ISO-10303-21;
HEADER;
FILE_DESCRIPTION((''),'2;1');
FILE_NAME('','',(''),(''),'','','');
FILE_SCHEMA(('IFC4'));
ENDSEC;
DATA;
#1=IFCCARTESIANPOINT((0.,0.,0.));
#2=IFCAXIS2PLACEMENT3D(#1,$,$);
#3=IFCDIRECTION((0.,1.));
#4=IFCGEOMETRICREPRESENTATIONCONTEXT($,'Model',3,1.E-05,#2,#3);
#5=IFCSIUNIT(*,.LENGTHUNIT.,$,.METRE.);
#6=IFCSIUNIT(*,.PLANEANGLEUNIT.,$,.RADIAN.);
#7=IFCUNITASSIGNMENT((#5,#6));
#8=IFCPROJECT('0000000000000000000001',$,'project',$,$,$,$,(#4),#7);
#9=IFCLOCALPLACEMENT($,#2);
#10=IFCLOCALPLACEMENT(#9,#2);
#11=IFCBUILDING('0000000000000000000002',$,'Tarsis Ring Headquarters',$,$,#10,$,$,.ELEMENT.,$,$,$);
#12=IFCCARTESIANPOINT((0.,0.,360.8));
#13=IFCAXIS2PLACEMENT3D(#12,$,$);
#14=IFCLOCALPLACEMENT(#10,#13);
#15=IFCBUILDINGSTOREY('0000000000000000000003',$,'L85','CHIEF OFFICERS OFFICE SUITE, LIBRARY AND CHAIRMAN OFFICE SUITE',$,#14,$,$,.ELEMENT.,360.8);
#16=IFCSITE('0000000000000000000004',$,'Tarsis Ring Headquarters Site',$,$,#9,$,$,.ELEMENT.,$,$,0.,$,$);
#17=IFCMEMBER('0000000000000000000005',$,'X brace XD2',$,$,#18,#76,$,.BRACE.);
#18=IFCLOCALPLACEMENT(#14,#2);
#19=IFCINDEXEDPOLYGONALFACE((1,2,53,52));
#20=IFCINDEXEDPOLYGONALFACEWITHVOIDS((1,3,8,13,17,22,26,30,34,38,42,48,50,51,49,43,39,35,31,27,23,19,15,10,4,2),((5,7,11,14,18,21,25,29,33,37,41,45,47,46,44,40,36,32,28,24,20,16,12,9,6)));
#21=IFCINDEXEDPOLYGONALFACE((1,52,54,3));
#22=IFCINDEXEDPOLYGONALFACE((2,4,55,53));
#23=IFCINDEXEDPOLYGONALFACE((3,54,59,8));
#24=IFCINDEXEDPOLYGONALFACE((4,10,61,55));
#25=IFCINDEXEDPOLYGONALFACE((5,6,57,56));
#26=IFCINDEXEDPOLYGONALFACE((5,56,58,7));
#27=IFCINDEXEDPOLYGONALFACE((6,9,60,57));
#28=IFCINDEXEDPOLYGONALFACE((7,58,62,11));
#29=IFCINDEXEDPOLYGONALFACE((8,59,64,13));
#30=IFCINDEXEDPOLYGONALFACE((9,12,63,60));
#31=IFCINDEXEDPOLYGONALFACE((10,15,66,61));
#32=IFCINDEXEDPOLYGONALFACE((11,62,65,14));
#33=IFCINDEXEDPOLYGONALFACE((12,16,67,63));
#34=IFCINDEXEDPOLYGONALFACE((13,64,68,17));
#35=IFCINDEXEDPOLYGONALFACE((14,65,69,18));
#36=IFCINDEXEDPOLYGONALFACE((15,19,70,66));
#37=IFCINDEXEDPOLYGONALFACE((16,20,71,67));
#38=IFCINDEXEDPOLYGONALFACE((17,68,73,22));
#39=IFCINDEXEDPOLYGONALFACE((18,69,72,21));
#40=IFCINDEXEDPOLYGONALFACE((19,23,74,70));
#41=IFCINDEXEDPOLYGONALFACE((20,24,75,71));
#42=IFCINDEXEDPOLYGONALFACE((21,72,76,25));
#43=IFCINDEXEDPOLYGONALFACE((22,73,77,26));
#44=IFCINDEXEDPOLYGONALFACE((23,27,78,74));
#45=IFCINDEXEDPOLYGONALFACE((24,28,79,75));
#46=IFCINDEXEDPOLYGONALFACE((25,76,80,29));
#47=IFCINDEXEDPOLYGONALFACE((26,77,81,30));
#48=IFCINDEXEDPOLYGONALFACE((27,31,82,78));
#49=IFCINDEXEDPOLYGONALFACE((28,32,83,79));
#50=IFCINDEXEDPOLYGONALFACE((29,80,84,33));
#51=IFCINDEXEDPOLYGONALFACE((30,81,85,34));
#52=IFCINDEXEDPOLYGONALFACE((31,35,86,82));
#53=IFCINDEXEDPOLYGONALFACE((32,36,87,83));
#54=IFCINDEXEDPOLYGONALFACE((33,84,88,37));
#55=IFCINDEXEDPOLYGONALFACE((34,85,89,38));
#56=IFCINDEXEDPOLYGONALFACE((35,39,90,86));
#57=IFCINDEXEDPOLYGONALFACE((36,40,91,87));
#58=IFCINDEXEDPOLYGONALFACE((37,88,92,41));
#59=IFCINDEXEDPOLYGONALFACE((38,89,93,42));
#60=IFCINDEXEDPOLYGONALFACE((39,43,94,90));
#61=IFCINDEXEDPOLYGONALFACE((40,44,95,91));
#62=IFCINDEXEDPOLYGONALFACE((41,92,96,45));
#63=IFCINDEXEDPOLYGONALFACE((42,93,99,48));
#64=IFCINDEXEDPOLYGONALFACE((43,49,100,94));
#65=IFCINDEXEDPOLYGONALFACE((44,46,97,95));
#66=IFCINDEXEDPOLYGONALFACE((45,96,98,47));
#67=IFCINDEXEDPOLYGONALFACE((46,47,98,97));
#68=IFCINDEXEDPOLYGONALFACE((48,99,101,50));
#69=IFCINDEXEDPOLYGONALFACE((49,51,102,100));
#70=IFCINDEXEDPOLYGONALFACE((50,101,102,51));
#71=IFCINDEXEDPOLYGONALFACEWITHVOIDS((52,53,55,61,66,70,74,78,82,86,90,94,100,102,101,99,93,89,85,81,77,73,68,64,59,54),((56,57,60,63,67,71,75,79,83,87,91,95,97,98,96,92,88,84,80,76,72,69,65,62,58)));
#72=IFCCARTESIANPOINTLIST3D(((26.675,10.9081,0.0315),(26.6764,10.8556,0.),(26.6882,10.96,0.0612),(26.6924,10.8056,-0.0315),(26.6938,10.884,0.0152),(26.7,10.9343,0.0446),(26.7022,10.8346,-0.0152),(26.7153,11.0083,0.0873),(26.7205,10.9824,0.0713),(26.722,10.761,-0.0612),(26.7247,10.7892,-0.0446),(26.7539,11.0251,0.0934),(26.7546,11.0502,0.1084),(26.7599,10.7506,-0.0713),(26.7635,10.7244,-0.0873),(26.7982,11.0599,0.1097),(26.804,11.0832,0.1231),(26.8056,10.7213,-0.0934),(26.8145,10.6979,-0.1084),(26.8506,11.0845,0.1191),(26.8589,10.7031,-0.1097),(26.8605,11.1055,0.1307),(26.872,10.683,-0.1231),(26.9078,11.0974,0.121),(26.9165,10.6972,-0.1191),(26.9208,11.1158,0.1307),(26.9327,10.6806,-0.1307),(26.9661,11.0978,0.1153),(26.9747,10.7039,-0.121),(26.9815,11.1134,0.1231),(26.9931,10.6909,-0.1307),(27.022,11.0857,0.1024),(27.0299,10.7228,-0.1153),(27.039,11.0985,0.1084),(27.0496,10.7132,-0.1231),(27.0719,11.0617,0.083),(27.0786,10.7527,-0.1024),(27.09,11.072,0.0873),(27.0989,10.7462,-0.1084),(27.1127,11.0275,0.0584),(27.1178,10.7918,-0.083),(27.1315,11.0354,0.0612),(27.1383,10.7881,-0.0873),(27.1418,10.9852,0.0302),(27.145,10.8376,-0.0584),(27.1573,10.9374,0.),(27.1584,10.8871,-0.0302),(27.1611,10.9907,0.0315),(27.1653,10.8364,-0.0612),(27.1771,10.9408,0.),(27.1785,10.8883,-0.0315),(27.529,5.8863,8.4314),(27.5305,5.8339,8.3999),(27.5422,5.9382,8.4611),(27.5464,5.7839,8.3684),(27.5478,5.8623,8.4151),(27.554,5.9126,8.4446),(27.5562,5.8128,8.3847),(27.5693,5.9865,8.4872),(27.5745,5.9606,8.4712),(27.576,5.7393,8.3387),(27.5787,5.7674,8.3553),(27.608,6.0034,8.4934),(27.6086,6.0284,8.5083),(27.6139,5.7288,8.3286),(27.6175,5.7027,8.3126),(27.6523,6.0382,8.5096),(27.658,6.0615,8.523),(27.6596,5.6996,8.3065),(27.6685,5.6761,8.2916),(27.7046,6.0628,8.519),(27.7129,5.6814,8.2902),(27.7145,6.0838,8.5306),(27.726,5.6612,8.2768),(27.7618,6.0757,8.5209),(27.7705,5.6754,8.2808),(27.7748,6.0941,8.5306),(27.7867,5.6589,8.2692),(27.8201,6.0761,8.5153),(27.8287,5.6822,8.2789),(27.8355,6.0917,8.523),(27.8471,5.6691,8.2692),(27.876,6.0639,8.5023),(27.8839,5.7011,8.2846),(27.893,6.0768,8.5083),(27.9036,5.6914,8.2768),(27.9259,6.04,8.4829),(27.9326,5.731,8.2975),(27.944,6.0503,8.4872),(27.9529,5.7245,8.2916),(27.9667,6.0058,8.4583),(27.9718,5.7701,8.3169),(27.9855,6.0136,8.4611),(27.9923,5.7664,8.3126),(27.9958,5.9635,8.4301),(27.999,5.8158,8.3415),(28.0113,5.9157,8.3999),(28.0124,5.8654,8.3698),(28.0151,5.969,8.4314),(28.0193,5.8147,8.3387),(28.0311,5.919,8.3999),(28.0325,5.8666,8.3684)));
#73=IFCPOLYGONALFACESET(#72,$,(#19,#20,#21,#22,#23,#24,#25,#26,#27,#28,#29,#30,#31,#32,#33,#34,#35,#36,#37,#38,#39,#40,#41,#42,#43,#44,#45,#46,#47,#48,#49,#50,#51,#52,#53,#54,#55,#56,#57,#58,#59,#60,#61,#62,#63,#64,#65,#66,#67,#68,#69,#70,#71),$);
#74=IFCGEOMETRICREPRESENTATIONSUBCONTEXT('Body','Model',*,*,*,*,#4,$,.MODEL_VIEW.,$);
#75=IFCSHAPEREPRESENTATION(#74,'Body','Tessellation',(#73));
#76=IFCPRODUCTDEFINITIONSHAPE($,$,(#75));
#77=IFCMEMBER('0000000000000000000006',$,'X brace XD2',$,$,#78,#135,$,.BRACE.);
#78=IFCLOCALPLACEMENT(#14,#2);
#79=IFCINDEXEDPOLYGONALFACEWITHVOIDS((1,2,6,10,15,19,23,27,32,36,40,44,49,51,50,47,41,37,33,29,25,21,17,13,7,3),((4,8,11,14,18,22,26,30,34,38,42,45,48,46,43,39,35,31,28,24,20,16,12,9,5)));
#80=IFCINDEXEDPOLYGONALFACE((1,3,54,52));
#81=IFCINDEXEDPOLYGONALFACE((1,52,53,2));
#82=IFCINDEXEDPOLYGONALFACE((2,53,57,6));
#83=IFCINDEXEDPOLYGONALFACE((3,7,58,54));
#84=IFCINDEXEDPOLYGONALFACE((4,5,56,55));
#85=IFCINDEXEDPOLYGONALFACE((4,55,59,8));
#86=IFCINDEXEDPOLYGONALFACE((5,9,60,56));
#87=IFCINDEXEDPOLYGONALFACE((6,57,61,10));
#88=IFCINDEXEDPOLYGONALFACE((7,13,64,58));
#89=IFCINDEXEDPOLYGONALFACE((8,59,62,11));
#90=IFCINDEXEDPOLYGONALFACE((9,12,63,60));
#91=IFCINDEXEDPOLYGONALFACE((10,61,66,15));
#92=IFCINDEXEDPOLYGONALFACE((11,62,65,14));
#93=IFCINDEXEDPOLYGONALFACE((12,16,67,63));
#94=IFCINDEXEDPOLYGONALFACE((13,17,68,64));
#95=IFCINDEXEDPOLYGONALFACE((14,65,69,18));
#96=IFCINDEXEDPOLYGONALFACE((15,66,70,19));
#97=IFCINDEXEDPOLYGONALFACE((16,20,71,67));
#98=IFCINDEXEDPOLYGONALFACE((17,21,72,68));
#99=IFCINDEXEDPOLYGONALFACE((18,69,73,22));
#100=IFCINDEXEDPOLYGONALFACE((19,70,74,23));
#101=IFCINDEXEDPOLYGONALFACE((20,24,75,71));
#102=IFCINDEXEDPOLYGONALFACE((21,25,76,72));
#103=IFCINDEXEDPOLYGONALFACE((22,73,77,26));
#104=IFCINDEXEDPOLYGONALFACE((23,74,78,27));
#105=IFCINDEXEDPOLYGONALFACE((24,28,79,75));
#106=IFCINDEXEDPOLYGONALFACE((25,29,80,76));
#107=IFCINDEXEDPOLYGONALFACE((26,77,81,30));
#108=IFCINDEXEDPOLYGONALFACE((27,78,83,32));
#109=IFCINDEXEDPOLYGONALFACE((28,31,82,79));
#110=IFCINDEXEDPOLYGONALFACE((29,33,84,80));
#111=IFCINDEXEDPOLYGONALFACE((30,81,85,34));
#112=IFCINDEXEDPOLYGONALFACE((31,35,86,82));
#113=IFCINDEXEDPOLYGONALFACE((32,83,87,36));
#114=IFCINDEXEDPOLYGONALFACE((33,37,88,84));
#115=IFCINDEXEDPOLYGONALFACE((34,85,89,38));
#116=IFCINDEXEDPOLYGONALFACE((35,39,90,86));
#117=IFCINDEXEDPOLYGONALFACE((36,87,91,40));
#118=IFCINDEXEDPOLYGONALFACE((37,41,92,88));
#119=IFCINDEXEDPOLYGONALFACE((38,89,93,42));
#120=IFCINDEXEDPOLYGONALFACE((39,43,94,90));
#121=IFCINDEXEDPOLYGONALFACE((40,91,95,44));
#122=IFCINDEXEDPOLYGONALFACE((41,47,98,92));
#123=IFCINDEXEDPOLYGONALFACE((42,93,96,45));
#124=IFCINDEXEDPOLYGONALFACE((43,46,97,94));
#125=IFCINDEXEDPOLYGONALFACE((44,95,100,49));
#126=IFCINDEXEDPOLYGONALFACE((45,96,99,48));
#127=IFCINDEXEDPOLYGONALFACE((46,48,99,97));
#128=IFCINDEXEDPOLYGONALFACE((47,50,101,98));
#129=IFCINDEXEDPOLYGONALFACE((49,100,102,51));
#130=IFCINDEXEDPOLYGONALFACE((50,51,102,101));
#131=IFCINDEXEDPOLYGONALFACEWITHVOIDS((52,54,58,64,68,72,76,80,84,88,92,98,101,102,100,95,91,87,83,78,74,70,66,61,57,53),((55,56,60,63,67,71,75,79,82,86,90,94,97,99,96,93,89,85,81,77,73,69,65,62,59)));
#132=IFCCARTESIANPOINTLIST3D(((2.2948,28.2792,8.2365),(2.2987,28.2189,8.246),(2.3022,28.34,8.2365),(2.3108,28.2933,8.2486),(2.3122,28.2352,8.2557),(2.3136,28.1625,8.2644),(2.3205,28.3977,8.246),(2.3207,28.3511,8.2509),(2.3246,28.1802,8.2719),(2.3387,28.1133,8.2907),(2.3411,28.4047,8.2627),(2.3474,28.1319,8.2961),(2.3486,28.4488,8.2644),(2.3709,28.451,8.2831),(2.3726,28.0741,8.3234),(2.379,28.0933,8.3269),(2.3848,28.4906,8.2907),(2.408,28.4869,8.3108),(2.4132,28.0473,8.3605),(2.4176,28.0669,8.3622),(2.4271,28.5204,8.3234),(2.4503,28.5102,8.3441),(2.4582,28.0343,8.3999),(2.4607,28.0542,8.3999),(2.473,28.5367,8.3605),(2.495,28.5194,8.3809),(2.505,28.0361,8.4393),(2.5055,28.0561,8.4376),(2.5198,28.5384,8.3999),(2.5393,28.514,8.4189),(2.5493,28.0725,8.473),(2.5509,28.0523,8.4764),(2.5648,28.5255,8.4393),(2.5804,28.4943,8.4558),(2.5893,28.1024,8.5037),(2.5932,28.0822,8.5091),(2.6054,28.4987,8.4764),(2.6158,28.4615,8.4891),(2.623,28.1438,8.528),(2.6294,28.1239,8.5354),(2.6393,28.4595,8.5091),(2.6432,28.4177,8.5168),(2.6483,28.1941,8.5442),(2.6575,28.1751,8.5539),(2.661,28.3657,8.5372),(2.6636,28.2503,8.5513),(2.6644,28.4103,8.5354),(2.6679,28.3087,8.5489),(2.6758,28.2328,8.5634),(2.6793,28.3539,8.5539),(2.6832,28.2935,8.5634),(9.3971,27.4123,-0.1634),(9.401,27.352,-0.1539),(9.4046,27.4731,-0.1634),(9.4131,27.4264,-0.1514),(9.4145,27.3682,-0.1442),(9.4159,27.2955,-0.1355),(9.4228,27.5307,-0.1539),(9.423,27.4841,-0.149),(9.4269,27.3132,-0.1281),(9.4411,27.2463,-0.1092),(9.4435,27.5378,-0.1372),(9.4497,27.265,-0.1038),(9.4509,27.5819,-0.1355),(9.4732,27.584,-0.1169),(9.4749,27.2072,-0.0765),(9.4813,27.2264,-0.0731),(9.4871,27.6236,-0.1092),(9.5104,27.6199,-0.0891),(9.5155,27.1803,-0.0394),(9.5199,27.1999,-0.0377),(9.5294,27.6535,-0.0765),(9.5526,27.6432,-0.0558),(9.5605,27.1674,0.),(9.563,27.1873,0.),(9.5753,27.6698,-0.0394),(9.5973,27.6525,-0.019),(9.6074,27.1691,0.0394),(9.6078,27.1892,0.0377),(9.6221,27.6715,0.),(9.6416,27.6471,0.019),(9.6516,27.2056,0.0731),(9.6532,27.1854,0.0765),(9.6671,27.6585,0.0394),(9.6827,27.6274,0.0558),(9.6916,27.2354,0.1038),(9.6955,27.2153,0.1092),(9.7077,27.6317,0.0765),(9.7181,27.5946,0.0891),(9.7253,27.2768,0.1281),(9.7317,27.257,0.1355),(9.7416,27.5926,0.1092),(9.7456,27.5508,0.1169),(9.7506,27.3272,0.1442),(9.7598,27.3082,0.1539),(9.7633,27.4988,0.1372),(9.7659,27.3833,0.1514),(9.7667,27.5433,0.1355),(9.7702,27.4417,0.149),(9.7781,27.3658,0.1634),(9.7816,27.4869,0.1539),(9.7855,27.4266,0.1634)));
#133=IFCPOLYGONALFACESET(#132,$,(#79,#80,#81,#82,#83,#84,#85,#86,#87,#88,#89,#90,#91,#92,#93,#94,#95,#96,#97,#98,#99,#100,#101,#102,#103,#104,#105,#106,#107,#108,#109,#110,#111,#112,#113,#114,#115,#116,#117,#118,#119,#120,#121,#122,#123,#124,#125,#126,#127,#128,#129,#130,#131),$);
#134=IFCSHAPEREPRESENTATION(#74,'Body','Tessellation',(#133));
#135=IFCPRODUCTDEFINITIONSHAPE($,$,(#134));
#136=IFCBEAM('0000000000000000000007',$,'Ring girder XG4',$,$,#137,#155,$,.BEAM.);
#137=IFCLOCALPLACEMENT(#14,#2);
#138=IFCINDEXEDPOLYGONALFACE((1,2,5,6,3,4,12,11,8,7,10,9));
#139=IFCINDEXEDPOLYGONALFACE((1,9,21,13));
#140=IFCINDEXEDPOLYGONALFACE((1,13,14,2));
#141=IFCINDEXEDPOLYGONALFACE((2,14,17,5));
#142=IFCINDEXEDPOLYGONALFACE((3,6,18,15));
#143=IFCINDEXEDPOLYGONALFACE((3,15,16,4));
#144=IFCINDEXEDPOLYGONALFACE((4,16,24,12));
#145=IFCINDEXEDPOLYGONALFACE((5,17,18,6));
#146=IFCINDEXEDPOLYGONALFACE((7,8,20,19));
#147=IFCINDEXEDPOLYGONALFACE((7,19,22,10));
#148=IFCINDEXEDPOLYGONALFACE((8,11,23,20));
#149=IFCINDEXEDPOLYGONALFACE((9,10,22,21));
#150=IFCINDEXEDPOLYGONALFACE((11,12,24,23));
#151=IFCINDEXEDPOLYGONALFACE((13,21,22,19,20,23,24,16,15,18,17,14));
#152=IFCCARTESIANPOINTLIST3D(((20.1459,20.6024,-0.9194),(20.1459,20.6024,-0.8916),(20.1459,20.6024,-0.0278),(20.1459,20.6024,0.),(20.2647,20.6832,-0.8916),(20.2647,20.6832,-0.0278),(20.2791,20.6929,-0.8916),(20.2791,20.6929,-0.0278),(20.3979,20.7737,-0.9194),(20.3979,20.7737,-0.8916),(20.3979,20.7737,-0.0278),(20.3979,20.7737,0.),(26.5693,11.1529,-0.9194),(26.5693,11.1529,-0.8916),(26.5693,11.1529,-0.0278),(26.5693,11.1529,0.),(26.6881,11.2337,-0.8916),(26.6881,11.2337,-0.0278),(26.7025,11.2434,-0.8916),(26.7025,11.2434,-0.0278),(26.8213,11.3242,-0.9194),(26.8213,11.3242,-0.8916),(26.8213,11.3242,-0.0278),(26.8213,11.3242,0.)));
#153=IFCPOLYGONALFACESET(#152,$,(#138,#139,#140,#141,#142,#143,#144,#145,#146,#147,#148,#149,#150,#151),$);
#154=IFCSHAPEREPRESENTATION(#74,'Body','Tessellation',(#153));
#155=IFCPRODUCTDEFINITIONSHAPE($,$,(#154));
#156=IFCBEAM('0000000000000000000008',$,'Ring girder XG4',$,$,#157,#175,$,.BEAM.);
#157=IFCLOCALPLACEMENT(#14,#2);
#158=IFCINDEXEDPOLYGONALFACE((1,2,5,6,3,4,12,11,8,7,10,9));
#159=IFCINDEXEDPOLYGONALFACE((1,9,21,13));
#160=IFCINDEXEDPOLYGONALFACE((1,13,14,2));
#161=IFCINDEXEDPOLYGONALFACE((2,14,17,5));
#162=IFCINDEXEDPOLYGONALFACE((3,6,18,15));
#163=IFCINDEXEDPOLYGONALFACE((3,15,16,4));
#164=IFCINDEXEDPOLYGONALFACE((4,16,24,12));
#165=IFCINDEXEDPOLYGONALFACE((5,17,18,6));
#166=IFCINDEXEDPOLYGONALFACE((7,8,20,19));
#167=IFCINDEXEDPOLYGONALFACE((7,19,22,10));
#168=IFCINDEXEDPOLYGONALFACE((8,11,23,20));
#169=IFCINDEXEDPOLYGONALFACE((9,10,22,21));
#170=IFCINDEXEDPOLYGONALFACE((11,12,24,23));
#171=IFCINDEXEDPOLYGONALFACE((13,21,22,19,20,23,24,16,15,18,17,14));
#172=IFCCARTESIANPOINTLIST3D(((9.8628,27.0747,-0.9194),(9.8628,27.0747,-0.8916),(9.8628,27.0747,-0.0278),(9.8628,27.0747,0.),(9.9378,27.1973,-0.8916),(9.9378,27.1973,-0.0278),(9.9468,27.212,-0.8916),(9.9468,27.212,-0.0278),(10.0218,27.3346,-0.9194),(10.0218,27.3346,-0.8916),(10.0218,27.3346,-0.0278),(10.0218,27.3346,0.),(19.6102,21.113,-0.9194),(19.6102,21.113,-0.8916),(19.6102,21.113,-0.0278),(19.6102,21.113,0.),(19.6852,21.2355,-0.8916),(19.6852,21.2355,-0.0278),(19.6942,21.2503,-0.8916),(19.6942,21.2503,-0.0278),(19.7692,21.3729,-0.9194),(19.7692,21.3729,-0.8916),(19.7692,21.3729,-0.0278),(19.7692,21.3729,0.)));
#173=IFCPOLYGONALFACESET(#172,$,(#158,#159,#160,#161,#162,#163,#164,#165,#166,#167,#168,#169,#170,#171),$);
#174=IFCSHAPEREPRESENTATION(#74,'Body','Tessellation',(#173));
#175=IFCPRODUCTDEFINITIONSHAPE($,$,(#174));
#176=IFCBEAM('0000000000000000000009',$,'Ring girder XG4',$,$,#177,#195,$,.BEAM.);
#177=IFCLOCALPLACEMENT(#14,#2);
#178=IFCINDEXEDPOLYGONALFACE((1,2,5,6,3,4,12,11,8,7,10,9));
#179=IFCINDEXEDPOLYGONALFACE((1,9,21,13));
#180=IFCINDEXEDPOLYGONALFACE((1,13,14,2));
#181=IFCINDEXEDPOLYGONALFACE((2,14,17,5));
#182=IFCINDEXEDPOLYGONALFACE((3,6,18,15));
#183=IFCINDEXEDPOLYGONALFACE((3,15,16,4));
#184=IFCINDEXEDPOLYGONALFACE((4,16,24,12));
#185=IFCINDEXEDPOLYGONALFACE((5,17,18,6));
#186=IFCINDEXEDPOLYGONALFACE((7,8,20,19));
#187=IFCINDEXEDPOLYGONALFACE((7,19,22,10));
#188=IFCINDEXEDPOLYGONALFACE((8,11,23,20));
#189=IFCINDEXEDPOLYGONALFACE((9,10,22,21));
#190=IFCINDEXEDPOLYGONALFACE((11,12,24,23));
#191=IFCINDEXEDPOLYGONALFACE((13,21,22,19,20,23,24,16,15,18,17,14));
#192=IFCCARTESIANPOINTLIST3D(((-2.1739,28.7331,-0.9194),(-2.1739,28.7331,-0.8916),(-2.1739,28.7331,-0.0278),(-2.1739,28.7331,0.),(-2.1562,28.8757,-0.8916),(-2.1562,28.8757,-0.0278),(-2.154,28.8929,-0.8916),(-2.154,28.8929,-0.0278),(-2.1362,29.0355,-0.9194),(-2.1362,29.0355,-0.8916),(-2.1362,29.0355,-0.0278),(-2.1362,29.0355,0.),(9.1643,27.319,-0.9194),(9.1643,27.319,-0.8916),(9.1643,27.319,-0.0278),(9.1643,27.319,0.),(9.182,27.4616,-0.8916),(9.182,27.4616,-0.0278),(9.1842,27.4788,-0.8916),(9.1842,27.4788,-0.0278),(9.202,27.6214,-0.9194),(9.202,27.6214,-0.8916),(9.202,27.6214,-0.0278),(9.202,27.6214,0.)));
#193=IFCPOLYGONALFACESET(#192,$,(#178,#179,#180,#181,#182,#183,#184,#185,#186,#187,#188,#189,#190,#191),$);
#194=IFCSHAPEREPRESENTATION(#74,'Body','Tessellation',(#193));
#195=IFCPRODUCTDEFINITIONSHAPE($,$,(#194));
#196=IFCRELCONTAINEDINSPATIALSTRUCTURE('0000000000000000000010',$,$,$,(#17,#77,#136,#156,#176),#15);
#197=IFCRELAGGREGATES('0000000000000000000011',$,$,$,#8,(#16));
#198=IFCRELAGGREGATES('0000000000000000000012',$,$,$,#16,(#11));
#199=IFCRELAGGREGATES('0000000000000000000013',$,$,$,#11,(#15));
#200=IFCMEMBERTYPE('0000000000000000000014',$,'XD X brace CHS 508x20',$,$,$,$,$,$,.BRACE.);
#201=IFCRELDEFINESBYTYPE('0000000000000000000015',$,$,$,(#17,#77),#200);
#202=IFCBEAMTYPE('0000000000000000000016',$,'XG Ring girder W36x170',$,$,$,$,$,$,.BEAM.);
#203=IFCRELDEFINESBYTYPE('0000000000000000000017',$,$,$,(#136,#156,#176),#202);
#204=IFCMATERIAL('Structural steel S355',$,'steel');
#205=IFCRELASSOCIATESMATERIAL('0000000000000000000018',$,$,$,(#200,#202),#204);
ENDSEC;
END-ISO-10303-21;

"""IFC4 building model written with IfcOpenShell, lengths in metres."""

from ifc_helpers import new_model, si_unit, direction, frame, origin, origin_2d, place, context, subcontext, project, spatial, hollow_circle, i_section, extrude, material, material_profile, profile_set, type_object, element, save


model = new_model("IFC4")

# Units and contexts
model_context = context("Model", 3, precision=1e-05, world=origin(), true_north=direction((0.0, 1.0)))
body_context = subcontext(model_context, "Body", "Model", "MODEL_VIEW")
ifc_project = project(units=[si_unit("LENGTHUNIT", "METRE"), si_unit("PLANEANGLEUNIT", "RADIAN")], contexts=[model_context])

# Site, building, storey
site_placement = place(None, origin())
site = spatial("IfcSite", under=ifc_project, at=site_placement, Name="Tarsis Ring Headquarters Site", CompositionType="ELEMENT", RefElevation=0.0)
building_placement = place(site_placement, origin())
building = spatial("IfcBuilding", under=site, at=building_placement, Name="Tarsis Ring Headquarters", CompositionType="ELEMENT")
storey_placement = place(building_placement, frame((0.0, 0.0, 360.8)))
storey = spatial("IfcBuildingStorey", under=building, at=storey_placement, Name="L85", Description="CHIEF OFFICERS OFFICE SUITE, LIBRARY AND CHAIRMAN OFFICE SUITE", CompositionType="ELEMENT", Elevation=360.8)

# Shared definitions
ifc_material_1 = material(Name="Structural steel S355", Category="steel")

# Members
ifc_material_profile_1 = material_profile(ifc_material_1, hollow_circle(Radius=0.2539, WallThickness=0.02, at=origin_2d()), Name="CHS 508x20")
ifc_profile_set_1 = profile_set([ifc_material_profile_1], Name="Structural steel S355")
member_type = type_object("IfcMemberType", Name="XD X brace CHS 508x20", PredefinedType="BRACE", material=ifc_profile_set_1)
member_1_placement = place(storey_placement, frame((26.9268, 10.8982, 0.0), z_axis=(0.086933, -0.511184, 0.855063), x_axis=(0.985846, 0.167655, 0.0)))
element("IfcMember", 1, at=member_1_placement, inside=storey, type_object=member_type, Name="X brace XD2", PredefinedType="BRACE", context=body_context, shape_type="SweptSolid", body=[
    extrude(hollow_circle(Radius=0.2539, WallThickness=0.02, at=origin_2d()), origin(), (0.0, 0.0, 1.0), 9.8237),
])
member_2_placement = place(storey_placement, frame((9.5913, 27.4194, 0.0), z_axis=(-0.643665, 0.078569, 0.761264), x_axis=(-0.121166, -0.992632, 0.0)))
element("IfcMember", 2, at=member_2_placement, inside=storey, type_object=member_type, Name="X brace XD2", PredefinedType="BRACE", context=body_context, shape_type="SweptSolid", body=[
    extrude(hollow_circle(Radius=0.2539, WallThickness=0.02, at=origin_2d()), origin(), (0.0, 0.0, 1.0), 11.0342),
])

# Beams
ifc_material_profile_2 = material_profile(ifc_material_1, i_section(OverallWidth=0.3047, OverallDepth=0.9194, WebThickness=0.0173, FlangeThickness=0.0278, at=origin_2d()), Name="W36x170")
ifc_profile_set_2 = profile_set([ifc_material_profile_2], Name="Structural steel S355")
beam_type_1 = type_object("IfcBeamType", Name="XG Ring girder W36x170", PredefinedType="BEAM", material=ifc_profile_set_2)
for number, where, z_axis, x_axis, name in (
    (3, (26.6953, 11.2385, -0.4597), (-0.562173, 0.82702, 0.0), (-0.82702, -0.562173, 0.0), "Ring girder XG4"),
    (4, (19.6897, 21.2429, -0.4597), (-0.853088, 0.521767, 0.0), (-0.521767, -0.853088, 0.0), "Ring girder XG4"),
    (5, (9.1831, 27.4702, -0.4597), (-0.992312, 0.123759, 0.0), (-0.123759, -0.992312, 0.0), "Ring girder XG4"),
):
    element("IfcBeam", number, at=place(storey_placement, frame(where, z_axis=z_axis, x_axis=x_axis)), inside=storey, type_object=beam_type_1, Name=name, PredefinedType="BEAM", context=body_context, shape_type="SweptSolid", body=[
        extrude(i_section(OverallWidth=0.3047, OverallDepth=0.9194, WebThickness=0.0173, FlangeThickness=0.0278, at=origin_2d()), origin(), (0.0, 0.0, 1.0), 11.426),
    ])

save(model, "model.ifc")
